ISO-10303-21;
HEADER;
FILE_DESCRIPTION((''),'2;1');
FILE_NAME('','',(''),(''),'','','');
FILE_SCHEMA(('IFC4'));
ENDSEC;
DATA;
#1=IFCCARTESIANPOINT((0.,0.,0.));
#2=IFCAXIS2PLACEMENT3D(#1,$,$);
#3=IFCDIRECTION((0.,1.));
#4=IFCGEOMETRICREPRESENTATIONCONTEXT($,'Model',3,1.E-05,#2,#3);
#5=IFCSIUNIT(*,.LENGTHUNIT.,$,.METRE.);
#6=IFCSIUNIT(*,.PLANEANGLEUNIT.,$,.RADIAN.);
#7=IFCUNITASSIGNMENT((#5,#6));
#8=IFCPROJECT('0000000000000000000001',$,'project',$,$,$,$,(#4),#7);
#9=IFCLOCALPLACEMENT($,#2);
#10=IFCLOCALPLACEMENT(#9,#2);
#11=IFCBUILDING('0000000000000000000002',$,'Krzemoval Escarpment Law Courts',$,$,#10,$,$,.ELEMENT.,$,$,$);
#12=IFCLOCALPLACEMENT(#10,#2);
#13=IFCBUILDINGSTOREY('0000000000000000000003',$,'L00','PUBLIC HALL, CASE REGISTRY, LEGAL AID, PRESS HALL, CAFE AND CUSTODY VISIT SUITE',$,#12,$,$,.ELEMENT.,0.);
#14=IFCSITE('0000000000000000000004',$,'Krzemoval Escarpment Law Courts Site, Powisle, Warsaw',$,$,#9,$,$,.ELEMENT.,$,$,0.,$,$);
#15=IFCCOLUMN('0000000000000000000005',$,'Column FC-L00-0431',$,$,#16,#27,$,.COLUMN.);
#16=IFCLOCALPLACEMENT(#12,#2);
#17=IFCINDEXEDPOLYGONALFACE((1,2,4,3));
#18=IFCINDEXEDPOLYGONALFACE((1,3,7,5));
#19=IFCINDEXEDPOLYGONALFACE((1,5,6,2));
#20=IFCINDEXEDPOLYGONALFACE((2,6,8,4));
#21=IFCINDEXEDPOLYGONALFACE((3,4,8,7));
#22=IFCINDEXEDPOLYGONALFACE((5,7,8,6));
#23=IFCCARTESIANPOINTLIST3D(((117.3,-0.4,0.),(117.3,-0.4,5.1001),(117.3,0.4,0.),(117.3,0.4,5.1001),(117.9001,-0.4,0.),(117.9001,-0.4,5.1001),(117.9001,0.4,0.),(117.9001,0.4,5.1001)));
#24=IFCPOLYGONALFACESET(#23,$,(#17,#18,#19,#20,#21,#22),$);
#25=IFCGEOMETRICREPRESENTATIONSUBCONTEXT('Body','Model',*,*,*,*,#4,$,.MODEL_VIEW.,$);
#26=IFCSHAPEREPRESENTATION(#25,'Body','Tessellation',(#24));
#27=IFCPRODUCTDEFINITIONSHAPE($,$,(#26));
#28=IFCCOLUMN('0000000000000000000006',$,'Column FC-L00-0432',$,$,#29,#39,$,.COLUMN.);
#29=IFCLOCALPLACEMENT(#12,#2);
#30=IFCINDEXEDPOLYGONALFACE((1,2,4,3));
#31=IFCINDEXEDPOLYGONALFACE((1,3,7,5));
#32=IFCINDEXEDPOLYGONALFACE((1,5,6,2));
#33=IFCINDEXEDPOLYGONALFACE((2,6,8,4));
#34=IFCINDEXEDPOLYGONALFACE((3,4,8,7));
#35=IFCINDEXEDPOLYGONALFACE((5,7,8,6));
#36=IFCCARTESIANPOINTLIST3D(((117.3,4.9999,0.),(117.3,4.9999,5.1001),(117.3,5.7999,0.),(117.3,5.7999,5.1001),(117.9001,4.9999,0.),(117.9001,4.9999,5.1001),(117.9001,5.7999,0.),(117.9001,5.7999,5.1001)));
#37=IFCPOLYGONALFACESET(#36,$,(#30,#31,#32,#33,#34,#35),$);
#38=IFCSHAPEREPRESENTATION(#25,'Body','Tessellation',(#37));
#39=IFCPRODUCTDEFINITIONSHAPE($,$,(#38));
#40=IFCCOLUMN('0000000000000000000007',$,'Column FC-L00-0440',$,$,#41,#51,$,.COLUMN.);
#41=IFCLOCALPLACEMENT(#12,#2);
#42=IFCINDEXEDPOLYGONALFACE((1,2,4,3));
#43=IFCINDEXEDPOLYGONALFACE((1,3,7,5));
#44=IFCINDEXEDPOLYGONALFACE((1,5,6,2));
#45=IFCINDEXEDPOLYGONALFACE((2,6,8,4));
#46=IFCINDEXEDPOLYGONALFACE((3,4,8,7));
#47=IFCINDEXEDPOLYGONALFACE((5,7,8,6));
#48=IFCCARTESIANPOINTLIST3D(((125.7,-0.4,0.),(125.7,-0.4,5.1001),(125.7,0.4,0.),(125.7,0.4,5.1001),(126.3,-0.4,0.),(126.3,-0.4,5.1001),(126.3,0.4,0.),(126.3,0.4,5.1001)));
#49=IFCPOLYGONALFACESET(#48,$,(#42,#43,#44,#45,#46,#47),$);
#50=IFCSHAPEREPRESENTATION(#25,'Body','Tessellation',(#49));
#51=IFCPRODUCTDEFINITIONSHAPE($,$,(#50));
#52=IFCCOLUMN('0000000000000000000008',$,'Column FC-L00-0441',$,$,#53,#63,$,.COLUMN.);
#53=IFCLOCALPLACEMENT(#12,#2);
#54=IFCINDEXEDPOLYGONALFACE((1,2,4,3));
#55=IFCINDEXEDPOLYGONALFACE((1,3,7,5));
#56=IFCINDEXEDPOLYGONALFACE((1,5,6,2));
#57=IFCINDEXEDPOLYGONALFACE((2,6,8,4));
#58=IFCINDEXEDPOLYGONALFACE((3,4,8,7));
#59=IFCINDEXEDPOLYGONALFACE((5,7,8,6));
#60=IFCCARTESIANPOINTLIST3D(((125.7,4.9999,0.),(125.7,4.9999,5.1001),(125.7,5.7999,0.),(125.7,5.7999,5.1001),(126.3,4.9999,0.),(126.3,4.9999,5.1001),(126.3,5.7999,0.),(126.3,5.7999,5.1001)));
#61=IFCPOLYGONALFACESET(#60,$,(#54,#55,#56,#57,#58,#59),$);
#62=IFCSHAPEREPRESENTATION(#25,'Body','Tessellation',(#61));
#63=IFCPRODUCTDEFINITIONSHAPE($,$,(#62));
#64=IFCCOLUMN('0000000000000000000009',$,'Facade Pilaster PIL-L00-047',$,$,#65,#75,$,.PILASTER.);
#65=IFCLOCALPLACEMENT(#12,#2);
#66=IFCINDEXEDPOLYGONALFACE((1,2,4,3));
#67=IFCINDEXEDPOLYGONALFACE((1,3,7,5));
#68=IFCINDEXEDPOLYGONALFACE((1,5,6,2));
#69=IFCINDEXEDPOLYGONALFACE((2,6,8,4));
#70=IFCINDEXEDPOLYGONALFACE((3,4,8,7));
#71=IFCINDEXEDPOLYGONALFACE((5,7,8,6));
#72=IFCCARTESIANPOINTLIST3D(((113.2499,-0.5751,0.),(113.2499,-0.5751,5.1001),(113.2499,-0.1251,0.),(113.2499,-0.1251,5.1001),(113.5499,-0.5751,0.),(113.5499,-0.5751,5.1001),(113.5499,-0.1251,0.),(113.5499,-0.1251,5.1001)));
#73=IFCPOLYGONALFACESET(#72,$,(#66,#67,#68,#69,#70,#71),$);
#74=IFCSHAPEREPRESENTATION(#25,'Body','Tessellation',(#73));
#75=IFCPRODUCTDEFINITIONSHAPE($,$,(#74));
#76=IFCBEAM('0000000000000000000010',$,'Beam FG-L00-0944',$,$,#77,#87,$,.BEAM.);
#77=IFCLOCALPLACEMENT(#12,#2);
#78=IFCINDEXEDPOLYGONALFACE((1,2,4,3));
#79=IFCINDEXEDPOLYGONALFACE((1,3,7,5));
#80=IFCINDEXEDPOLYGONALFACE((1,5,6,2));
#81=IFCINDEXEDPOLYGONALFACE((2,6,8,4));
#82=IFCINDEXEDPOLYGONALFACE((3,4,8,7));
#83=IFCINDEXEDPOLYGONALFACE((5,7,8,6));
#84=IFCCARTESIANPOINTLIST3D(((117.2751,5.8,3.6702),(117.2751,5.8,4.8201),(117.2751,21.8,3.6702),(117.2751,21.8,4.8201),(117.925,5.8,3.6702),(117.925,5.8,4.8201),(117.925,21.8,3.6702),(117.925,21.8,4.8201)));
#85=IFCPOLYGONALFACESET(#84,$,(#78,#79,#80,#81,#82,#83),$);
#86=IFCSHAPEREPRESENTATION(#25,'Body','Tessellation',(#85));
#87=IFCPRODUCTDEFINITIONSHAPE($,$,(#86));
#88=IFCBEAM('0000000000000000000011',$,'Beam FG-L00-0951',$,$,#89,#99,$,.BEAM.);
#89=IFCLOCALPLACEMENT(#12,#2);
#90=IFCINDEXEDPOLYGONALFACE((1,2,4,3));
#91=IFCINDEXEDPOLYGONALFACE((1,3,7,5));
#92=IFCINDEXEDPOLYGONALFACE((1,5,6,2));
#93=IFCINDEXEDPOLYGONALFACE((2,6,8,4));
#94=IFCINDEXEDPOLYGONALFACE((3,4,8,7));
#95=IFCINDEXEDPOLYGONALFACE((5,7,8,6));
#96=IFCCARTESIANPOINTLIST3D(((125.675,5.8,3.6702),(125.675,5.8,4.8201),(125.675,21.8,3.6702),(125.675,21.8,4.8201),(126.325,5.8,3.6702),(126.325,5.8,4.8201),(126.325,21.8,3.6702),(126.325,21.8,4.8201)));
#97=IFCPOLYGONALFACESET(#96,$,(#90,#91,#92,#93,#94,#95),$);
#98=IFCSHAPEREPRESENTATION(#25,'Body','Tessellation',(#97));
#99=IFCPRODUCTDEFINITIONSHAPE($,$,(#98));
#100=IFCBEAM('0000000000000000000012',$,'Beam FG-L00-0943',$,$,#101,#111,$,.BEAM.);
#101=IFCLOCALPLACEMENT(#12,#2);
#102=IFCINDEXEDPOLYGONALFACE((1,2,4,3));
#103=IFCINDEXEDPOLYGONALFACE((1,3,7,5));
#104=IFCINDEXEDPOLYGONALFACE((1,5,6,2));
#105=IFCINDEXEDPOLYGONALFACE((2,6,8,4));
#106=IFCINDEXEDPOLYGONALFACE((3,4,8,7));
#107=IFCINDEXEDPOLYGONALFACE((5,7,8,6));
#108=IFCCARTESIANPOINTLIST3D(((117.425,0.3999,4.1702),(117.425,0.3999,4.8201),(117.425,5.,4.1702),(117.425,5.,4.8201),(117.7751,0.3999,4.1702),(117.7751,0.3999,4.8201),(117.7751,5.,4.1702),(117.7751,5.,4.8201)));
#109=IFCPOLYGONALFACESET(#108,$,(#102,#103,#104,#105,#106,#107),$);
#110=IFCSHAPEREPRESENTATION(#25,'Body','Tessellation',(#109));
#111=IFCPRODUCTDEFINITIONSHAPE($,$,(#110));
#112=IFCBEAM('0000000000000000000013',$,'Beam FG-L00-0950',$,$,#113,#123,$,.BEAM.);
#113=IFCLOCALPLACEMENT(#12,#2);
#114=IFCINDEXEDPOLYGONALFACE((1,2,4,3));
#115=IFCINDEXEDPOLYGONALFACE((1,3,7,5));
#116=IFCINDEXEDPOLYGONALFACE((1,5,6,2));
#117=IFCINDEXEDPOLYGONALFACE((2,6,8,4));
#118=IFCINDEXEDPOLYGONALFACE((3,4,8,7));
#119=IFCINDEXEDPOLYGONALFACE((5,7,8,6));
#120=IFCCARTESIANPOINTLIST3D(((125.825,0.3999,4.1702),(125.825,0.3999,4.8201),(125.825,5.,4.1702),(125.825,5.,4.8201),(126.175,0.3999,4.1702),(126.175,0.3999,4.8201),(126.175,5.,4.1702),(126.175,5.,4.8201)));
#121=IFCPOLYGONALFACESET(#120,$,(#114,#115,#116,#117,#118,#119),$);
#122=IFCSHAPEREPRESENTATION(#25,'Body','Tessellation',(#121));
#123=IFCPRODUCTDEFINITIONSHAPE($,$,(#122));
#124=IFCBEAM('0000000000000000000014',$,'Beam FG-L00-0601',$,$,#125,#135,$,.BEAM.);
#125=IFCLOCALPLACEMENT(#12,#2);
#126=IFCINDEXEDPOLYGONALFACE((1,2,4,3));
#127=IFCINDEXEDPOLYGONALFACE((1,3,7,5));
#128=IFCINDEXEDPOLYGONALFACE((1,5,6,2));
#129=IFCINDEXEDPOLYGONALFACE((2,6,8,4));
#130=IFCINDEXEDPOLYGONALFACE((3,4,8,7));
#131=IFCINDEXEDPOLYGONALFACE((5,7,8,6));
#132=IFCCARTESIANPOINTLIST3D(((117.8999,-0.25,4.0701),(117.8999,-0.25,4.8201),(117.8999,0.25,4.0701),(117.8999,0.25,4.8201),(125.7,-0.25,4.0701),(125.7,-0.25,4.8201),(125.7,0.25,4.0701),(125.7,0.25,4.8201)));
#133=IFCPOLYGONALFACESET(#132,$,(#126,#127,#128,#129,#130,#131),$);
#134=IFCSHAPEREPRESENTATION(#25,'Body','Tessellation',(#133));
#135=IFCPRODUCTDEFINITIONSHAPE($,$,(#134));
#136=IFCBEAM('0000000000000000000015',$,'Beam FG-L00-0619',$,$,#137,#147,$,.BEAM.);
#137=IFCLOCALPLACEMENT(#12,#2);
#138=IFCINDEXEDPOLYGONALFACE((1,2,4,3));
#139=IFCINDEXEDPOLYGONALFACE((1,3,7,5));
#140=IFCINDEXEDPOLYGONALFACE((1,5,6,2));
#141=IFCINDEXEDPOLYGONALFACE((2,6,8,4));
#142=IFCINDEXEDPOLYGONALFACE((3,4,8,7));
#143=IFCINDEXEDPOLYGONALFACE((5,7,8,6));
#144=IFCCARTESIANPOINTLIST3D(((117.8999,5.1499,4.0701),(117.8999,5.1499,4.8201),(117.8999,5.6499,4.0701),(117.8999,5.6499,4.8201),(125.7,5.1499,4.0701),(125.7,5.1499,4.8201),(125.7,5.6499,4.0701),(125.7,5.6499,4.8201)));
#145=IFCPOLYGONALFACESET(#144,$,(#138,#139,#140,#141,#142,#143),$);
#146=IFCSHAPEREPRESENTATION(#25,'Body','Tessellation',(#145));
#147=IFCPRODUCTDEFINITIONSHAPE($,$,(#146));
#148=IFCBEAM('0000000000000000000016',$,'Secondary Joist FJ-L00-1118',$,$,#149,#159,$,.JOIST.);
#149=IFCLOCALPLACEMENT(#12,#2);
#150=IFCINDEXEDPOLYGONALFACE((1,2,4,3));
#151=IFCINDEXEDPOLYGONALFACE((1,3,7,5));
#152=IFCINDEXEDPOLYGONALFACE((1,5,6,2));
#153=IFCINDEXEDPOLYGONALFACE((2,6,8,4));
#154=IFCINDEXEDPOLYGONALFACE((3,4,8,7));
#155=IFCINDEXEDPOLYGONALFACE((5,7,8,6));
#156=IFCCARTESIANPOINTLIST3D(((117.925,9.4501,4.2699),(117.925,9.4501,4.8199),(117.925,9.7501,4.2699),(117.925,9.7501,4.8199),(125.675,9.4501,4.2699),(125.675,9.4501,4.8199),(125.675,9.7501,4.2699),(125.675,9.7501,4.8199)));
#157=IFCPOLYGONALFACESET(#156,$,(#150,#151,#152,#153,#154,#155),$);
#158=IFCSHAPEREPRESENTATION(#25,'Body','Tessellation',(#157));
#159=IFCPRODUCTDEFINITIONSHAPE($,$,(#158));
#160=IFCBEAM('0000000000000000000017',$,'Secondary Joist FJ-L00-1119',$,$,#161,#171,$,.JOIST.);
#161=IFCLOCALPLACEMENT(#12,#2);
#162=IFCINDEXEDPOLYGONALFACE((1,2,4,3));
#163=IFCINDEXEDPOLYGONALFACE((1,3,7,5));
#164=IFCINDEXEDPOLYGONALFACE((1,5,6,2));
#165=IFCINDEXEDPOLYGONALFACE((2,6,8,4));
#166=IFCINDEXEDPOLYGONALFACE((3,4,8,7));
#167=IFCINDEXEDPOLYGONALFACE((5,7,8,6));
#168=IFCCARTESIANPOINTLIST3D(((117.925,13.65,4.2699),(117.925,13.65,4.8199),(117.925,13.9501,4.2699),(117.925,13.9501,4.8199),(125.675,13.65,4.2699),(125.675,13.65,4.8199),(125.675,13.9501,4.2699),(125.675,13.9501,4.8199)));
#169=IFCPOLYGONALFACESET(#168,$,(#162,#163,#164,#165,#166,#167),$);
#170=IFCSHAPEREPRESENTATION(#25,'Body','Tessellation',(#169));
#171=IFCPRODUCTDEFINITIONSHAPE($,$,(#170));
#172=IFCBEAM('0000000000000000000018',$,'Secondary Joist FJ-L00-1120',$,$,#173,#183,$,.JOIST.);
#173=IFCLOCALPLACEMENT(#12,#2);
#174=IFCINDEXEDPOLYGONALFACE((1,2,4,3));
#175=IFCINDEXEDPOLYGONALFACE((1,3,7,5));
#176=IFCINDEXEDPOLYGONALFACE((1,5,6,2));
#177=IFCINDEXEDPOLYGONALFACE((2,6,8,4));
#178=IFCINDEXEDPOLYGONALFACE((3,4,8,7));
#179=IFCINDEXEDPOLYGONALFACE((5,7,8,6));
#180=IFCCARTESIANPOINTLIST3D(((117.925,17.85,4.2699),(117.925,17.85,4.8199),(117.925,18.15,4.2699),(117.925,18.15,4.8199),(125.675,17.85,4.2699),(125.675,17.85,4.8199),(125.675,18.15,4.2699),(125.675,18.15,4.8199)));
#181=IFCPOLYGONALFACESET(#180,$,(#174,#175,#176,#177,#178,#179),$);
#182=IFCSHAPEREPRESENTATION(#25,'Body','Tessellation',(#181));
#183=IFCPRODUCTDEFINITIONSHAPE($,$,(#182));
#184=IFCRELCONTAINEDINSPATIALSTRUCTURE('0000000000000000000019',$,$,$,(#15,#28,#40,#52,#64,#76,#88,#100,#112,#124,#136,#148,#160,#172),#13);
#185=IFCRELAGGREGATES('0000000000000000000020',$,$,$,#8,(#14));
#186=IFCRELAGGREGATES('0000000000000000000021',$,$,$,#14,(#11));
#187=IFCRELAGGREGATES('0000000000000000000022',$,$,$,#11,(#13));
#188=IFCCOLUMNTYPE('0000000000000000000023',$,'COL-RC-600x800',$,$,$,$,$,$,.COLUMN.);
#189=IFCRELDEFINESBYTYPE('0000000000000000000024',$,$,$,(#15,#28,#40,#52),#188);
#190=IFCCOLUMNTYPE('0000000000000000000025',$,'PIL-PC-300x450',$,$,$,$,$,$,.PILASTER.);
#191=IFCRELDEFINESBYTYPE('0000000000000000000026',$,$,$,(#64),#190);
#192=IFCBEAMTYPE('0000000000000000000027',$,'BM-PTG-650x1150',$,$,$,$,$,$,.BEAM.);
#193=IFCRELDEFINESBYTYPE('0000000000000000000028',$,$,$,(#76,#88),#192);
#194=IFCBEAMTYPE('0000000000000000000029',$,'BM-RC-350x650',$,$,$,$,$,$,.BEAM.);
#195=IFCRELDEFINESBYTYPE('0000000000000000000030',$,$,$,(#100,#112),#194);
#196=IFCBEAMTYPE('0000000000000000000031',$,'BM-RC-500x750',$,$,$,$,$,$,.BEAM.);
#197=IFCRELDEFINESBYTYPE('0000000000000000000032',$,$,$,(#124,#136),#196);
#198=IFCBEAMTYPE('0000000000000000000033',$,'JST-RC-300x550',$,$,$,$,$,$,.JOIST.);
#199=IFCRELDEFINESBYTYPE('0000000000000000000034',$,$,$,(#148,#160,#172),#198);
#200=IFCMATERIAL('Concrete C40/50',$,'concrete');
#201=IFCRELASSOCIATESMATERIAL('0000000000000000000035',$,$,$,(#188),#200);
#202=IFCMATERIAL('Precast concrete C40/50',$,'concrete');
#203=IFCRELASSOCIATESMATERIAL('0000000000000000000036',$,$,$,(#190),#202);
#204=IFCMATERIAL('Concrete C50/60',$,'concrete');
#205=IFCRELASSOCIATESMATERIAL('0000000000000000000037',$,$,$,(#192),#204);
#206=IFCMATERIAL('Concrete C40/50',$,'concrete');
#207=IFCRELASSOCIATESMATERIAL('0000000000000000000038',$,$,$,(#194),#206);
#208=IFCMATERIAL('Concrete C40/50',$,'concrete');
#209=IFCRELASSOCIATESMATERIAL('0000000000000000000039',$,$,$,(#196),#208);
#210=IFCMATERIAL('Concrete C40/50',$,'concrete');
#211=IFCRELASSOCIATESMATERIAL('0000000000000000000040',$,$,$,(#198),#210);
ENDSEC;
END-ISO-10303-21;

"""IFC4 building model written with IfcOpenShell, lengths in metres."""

from ifc_helpers import new_model, si_unit, direction, frame, origin, origin_2d, place, context, subcontext, project, spatial, rectangle, extrude, material, material_profile, profile_set, type_object, element, save


model = new_model("IFC4")

# Units and contexts
model_context = context("Model", 3, precision=1e-05, world=origin(), true_north=direction((0.0, 1.0)))
body_context = subcontext(model_context, "Body", "Model", "MODEL_VIEW")
ifc_project = project(units=[si_unit("LENGTHUNIT", "METRE"), si_unit("PLANEANGLEUNIT", "RADIAN")], contexts=[model_context])

# Site, building, storey
site_placement = place(None, origin())
site = spatial("IfcSite", under=ifc_project, at=site_placement, Name="Krzemoval Escarpment Law Courts Site, Powisle, Warsaw", CompositionType="ELEMENT", RefElevation=0.0)
building_placement = place(site_placement, origin())
building = spatial("IfcBuilding", under=site, at=building_placement, Name="Krzemoval Escarpment Law Courts", CompositionType="ELEMENT")
storey_placement = place(building_placement, origin())
storey = spatial("IfcBuildingStorey", under=building, at=storey_placement, Name="L00", Description="PUBLIC HALL, CASE REGISTRY, LEGAL AID, PRESS HALL, CAFE AND CUSTODY VISIT SUITE", CompositionType="ELEMENT", Elevation=0.0)

# Columns
ifc_material_1 = material(Name="Concrete C40/50", Category="concrete")
ifc_material_profile_1 = material_profile(ifc_material_1, rectangle(XDim=0.6001, YDim=0.8, at=origin_2d()), Name="RC 600x800")
ifc_profile_set_1 = profile_set([ifc_material_profile_1], Name="Concrete C40/50")
column_type_1 = type_object("IfcColumnType", Name="COL-RC-600x800", PredefinedType="COLUMN", material=ifc_profile_set_1)
for number, where, z_axis, x_axis, name in (
    (1, (117.6001, 0.0, 0.0), (0.0, 0.0, 1.0), (1.0, 0.0, 0.0), "Column FC-L00-0431"),
    (2, (117.6001, 5.3999, 0.0), (0.0, 0.0, 1.0), (1.0, 0.0, 0.0), "Column FC-L00-0432"),
    (3, (126.0, 0.0, 0.0), (0.0, 0.0, 1.0), (1.0, 0.0, 0.0), "Column FC-L00-0440"),
    (4, (126.0, 5.3999, 0.0), (0.0, 0.0, 1.0), (1.0, 0.0, 0.0), "Column FC-L00-0441"),
):
    element("IfcColumn", number, at=place(storey_placement, frame(where, z_axis=z_axis, x_axis=x_axis)), inside=storey, type_object=column_type_1, Name=name, PredefinedType="COLUMN", context=body_context, shape_type="SweptSolid", body=[
        extrude(rectangle(XDim=0.6001, YDim=0.8, at=origin_2d()), origin(), (0.0, 0.0, 1.0), 5.1001),
    ])
ifc_material_2 = material(Name="Precast concrete C40/50", Category="concrete")
ifc_material_profile_2 = material_profile(ifc_material_2, rectangle(XDim=0.3, YDim=0.45, at=origin_2d()), Name="PIL 300x450")
ifc_profile_set_2 = profile_set([ifc_material_profile_2], Name="Precast concrete C40/50")
column_type_2 = type_object("IfcColumnType", Name="PIL-PC-300x450", PredefinedType="PILASTER", material=ifc_profile_set_2)
column_placement = place(storey_placement, frame((113.3999, -0.3501, 0.0), z_axis=(0.0, 0.0, 1.0), x_axis=(1.0, 0.0, 0.0)))
element("IfcColumn", 5, at=column_placement, inside=storey, type_object=column_type_2, Name="Facade Pilaster PIL-L00-047", PredefinedType="PILASTER", context=body_context, shape_type="SweptSolid", body=[
    extrude(rectangle(XDim=0.3, YDim=0.45, at=origin_2d()), origin(), (0.0, 0.0, 1.0), 5.1001),
])

# Beams
ifc_material_3 = material(Name="Concrete C50/60", Category="concrete")
ifc_material_profile_3 = material_profile(ifc_material_3, rectangle(XDim=0.6499, YDim=1.1499, at=origin_2d()), Name="PTG 650x1150")
ifc_profile_set_3 = profile_set([ifc_material_profile_3], Name="Concrete C50/60")
beam_type_1 = type_object("IfcBeamType", Name="BM-PTG-650x1150", PredefinedType="BEAM", material=ifc_profile_set_3)
for number, where, z_axis, x_axis, name in (
    (6, (117.6001, 5.8, 4.2451), (0.0, 1.0, 0.0), (-1.0, 0.0, 0.0), "Beam FG-L00-0944"),
    (7, (126.0, 5.8, 4.2451), (0.0, 1.0, 0.0), (-1.0, 0.0, 0.0), "Beam FG-L00-0951"),
):
    element("IfcBeam", number, at=place(storey_placement, frame(where, z_axis=z_axis, x_axis=x_axis)), inside=storey, type_object=beam_type_1, Name=name, PredefinedType="BEAM", context=body_context, shape_type="SweptSolid", body=[
        extrude(rectangle(XDim=0.6499, YDim=1.1499, at=origin_2d()), origin(), (0.0, 0.0, 1.0), 16.0),
    ])
ifc_material_4 = material(Name="Concrete C40/50", Category="concrete")
ifc_material_profile_4 = material_profile(ifc_material_4, rectangle(XDim=0.3501, YDim=0.6499, at=origin_2d()), Name="RCB 350x650")
ifc_profile_set_4 = profile_set([ifc_material_profile_4], Name="Concrete C40/50")
beam_type_2 = type_object("IfcBeamType", Name="BM-RC-350x650", PredefinedType="BEAM", material=ifc_profile_set_4)
for number, where, z_axis, x_axis, name in (
    (8, (117.6001, 0.3999, 4.4951), (0.0, 1.0, 0.0), (-1.0, 0.0, 0.0), "Beam FG-L00-0943"),
    (9, (126.0, 0.3999, 4.4951), (0.0, 1.0, 0.0), (-1.0, 0.0, 0.0), "Beam FG-L00-0950"),
):
    element("IfcBeam", number, at=place(storey_placement, frame(where, z_axis=z_axis, x_axis=x_axis)), inside=storey, type_object=beam_type_2, Name=name, PredefinedType="BEAM", context=body_context, shape_type="SweptSolid", body=[
        extrude(rectangle(XDim=0.3501, YDim=0.6499, at=origin_2d()), origin(), (0.0, 0.0, 1.0), 4.6001),
    ])
ifc_material_5 = material(Name="Concrete C40/50", Category="concrete")
ifc_material_profile_5 = material_profile(ifc_material_5, rectangle(XDim=0.5, YDim=0.75, at=origin_2d()), Name="RCB 500x750")
ifc_profile_set_5 = profile_set([ifc_material_profile_5], Name="Concrete C40/50")
beam_type_3 = type_object("IfcBeamType", Name="BM-RC-500x750", PredefinedType="BEAM", material=ifc_profile_set_5)
for number, where, z_axis, x_axis, name in (
    (10, (117.8999, 0.0, 4.4451), (1.0, 0.0, 0.0), (0.0, 1.0, 0.0), "Beam FG-L00-0601"),
    (11, (117.8999, 5.3999, 4.4451), (1.0, 0.0, 0.0), (0.0, 1.0, 0.0), "Beam FG-L00-0619"),
):
    element("IfcBeam", number, at=place(storey_placement, frame(where, z_axis=z_axis, x_axis=x_axis)), inside=storey, type_object=beam_type_3, Name=name, PredefinedType="BEAM", context=body_context, shape_type="SweptSolid", body=[
        extrude(rectangle(XDim=0.5, YDim=0.75, at=origin_2d()), origin(), (0.0, 0.0, 1.0), 7.8),
    ])
ifc_material_6 = material(Name="Concrete C40/50", Category="concrete")
ifc_material_profile_6 = material_profile(ifc_material_6, rectangle(XDim=0.3, YDim=0.55, at=origin_2d()), Name="RCB 300x550")
ifc_profile_set_6 = profile_set([ifc_material_profile_6], Name="Concrete C40/50")
beam_type_4 = type_object("IfcBeamType", Name="JST-RC-300x550", PredefinedType="JOIST", material=ifc_profile_set_6)
for number, where, z_axis, x_axis, name in (
    (12, (117.925, 9.6001, 4.5449), (1.0, 0.0, 0.0), (0.0, 1.0, 0.0), "Secondary Joist FJ-L00-1118"),
    (13, (117.925, 13.8, 4.5449), (1.0, 0.0, 0.0), (0.0, 1.0, 0.0), "Secondary Joist FJ-L00-1119"),
    (14, (117.925, 18.0, 4.5449), (1.0, 0.0, 0.0), (0.0, 1.0, 0.0), "Secondary Joist FJ-L00-1120"),
):
    element("IfcBeam", number, at=place(storey_placement, frame(where, z_axis=z_axis, x_axis=x_axis)), inside=storey, type_object=beam_type_4, Name=name, PredefinedType="JOIST", context=body_context, shape_type="SweptSolid", body=[
        extrude(rectangle(XDim=0.3, YDim=0.55, at=origin_2d()), origin(), (0.0, 0.0, 1.0), 7.75),
    ])

save(model, "model.ifc")
